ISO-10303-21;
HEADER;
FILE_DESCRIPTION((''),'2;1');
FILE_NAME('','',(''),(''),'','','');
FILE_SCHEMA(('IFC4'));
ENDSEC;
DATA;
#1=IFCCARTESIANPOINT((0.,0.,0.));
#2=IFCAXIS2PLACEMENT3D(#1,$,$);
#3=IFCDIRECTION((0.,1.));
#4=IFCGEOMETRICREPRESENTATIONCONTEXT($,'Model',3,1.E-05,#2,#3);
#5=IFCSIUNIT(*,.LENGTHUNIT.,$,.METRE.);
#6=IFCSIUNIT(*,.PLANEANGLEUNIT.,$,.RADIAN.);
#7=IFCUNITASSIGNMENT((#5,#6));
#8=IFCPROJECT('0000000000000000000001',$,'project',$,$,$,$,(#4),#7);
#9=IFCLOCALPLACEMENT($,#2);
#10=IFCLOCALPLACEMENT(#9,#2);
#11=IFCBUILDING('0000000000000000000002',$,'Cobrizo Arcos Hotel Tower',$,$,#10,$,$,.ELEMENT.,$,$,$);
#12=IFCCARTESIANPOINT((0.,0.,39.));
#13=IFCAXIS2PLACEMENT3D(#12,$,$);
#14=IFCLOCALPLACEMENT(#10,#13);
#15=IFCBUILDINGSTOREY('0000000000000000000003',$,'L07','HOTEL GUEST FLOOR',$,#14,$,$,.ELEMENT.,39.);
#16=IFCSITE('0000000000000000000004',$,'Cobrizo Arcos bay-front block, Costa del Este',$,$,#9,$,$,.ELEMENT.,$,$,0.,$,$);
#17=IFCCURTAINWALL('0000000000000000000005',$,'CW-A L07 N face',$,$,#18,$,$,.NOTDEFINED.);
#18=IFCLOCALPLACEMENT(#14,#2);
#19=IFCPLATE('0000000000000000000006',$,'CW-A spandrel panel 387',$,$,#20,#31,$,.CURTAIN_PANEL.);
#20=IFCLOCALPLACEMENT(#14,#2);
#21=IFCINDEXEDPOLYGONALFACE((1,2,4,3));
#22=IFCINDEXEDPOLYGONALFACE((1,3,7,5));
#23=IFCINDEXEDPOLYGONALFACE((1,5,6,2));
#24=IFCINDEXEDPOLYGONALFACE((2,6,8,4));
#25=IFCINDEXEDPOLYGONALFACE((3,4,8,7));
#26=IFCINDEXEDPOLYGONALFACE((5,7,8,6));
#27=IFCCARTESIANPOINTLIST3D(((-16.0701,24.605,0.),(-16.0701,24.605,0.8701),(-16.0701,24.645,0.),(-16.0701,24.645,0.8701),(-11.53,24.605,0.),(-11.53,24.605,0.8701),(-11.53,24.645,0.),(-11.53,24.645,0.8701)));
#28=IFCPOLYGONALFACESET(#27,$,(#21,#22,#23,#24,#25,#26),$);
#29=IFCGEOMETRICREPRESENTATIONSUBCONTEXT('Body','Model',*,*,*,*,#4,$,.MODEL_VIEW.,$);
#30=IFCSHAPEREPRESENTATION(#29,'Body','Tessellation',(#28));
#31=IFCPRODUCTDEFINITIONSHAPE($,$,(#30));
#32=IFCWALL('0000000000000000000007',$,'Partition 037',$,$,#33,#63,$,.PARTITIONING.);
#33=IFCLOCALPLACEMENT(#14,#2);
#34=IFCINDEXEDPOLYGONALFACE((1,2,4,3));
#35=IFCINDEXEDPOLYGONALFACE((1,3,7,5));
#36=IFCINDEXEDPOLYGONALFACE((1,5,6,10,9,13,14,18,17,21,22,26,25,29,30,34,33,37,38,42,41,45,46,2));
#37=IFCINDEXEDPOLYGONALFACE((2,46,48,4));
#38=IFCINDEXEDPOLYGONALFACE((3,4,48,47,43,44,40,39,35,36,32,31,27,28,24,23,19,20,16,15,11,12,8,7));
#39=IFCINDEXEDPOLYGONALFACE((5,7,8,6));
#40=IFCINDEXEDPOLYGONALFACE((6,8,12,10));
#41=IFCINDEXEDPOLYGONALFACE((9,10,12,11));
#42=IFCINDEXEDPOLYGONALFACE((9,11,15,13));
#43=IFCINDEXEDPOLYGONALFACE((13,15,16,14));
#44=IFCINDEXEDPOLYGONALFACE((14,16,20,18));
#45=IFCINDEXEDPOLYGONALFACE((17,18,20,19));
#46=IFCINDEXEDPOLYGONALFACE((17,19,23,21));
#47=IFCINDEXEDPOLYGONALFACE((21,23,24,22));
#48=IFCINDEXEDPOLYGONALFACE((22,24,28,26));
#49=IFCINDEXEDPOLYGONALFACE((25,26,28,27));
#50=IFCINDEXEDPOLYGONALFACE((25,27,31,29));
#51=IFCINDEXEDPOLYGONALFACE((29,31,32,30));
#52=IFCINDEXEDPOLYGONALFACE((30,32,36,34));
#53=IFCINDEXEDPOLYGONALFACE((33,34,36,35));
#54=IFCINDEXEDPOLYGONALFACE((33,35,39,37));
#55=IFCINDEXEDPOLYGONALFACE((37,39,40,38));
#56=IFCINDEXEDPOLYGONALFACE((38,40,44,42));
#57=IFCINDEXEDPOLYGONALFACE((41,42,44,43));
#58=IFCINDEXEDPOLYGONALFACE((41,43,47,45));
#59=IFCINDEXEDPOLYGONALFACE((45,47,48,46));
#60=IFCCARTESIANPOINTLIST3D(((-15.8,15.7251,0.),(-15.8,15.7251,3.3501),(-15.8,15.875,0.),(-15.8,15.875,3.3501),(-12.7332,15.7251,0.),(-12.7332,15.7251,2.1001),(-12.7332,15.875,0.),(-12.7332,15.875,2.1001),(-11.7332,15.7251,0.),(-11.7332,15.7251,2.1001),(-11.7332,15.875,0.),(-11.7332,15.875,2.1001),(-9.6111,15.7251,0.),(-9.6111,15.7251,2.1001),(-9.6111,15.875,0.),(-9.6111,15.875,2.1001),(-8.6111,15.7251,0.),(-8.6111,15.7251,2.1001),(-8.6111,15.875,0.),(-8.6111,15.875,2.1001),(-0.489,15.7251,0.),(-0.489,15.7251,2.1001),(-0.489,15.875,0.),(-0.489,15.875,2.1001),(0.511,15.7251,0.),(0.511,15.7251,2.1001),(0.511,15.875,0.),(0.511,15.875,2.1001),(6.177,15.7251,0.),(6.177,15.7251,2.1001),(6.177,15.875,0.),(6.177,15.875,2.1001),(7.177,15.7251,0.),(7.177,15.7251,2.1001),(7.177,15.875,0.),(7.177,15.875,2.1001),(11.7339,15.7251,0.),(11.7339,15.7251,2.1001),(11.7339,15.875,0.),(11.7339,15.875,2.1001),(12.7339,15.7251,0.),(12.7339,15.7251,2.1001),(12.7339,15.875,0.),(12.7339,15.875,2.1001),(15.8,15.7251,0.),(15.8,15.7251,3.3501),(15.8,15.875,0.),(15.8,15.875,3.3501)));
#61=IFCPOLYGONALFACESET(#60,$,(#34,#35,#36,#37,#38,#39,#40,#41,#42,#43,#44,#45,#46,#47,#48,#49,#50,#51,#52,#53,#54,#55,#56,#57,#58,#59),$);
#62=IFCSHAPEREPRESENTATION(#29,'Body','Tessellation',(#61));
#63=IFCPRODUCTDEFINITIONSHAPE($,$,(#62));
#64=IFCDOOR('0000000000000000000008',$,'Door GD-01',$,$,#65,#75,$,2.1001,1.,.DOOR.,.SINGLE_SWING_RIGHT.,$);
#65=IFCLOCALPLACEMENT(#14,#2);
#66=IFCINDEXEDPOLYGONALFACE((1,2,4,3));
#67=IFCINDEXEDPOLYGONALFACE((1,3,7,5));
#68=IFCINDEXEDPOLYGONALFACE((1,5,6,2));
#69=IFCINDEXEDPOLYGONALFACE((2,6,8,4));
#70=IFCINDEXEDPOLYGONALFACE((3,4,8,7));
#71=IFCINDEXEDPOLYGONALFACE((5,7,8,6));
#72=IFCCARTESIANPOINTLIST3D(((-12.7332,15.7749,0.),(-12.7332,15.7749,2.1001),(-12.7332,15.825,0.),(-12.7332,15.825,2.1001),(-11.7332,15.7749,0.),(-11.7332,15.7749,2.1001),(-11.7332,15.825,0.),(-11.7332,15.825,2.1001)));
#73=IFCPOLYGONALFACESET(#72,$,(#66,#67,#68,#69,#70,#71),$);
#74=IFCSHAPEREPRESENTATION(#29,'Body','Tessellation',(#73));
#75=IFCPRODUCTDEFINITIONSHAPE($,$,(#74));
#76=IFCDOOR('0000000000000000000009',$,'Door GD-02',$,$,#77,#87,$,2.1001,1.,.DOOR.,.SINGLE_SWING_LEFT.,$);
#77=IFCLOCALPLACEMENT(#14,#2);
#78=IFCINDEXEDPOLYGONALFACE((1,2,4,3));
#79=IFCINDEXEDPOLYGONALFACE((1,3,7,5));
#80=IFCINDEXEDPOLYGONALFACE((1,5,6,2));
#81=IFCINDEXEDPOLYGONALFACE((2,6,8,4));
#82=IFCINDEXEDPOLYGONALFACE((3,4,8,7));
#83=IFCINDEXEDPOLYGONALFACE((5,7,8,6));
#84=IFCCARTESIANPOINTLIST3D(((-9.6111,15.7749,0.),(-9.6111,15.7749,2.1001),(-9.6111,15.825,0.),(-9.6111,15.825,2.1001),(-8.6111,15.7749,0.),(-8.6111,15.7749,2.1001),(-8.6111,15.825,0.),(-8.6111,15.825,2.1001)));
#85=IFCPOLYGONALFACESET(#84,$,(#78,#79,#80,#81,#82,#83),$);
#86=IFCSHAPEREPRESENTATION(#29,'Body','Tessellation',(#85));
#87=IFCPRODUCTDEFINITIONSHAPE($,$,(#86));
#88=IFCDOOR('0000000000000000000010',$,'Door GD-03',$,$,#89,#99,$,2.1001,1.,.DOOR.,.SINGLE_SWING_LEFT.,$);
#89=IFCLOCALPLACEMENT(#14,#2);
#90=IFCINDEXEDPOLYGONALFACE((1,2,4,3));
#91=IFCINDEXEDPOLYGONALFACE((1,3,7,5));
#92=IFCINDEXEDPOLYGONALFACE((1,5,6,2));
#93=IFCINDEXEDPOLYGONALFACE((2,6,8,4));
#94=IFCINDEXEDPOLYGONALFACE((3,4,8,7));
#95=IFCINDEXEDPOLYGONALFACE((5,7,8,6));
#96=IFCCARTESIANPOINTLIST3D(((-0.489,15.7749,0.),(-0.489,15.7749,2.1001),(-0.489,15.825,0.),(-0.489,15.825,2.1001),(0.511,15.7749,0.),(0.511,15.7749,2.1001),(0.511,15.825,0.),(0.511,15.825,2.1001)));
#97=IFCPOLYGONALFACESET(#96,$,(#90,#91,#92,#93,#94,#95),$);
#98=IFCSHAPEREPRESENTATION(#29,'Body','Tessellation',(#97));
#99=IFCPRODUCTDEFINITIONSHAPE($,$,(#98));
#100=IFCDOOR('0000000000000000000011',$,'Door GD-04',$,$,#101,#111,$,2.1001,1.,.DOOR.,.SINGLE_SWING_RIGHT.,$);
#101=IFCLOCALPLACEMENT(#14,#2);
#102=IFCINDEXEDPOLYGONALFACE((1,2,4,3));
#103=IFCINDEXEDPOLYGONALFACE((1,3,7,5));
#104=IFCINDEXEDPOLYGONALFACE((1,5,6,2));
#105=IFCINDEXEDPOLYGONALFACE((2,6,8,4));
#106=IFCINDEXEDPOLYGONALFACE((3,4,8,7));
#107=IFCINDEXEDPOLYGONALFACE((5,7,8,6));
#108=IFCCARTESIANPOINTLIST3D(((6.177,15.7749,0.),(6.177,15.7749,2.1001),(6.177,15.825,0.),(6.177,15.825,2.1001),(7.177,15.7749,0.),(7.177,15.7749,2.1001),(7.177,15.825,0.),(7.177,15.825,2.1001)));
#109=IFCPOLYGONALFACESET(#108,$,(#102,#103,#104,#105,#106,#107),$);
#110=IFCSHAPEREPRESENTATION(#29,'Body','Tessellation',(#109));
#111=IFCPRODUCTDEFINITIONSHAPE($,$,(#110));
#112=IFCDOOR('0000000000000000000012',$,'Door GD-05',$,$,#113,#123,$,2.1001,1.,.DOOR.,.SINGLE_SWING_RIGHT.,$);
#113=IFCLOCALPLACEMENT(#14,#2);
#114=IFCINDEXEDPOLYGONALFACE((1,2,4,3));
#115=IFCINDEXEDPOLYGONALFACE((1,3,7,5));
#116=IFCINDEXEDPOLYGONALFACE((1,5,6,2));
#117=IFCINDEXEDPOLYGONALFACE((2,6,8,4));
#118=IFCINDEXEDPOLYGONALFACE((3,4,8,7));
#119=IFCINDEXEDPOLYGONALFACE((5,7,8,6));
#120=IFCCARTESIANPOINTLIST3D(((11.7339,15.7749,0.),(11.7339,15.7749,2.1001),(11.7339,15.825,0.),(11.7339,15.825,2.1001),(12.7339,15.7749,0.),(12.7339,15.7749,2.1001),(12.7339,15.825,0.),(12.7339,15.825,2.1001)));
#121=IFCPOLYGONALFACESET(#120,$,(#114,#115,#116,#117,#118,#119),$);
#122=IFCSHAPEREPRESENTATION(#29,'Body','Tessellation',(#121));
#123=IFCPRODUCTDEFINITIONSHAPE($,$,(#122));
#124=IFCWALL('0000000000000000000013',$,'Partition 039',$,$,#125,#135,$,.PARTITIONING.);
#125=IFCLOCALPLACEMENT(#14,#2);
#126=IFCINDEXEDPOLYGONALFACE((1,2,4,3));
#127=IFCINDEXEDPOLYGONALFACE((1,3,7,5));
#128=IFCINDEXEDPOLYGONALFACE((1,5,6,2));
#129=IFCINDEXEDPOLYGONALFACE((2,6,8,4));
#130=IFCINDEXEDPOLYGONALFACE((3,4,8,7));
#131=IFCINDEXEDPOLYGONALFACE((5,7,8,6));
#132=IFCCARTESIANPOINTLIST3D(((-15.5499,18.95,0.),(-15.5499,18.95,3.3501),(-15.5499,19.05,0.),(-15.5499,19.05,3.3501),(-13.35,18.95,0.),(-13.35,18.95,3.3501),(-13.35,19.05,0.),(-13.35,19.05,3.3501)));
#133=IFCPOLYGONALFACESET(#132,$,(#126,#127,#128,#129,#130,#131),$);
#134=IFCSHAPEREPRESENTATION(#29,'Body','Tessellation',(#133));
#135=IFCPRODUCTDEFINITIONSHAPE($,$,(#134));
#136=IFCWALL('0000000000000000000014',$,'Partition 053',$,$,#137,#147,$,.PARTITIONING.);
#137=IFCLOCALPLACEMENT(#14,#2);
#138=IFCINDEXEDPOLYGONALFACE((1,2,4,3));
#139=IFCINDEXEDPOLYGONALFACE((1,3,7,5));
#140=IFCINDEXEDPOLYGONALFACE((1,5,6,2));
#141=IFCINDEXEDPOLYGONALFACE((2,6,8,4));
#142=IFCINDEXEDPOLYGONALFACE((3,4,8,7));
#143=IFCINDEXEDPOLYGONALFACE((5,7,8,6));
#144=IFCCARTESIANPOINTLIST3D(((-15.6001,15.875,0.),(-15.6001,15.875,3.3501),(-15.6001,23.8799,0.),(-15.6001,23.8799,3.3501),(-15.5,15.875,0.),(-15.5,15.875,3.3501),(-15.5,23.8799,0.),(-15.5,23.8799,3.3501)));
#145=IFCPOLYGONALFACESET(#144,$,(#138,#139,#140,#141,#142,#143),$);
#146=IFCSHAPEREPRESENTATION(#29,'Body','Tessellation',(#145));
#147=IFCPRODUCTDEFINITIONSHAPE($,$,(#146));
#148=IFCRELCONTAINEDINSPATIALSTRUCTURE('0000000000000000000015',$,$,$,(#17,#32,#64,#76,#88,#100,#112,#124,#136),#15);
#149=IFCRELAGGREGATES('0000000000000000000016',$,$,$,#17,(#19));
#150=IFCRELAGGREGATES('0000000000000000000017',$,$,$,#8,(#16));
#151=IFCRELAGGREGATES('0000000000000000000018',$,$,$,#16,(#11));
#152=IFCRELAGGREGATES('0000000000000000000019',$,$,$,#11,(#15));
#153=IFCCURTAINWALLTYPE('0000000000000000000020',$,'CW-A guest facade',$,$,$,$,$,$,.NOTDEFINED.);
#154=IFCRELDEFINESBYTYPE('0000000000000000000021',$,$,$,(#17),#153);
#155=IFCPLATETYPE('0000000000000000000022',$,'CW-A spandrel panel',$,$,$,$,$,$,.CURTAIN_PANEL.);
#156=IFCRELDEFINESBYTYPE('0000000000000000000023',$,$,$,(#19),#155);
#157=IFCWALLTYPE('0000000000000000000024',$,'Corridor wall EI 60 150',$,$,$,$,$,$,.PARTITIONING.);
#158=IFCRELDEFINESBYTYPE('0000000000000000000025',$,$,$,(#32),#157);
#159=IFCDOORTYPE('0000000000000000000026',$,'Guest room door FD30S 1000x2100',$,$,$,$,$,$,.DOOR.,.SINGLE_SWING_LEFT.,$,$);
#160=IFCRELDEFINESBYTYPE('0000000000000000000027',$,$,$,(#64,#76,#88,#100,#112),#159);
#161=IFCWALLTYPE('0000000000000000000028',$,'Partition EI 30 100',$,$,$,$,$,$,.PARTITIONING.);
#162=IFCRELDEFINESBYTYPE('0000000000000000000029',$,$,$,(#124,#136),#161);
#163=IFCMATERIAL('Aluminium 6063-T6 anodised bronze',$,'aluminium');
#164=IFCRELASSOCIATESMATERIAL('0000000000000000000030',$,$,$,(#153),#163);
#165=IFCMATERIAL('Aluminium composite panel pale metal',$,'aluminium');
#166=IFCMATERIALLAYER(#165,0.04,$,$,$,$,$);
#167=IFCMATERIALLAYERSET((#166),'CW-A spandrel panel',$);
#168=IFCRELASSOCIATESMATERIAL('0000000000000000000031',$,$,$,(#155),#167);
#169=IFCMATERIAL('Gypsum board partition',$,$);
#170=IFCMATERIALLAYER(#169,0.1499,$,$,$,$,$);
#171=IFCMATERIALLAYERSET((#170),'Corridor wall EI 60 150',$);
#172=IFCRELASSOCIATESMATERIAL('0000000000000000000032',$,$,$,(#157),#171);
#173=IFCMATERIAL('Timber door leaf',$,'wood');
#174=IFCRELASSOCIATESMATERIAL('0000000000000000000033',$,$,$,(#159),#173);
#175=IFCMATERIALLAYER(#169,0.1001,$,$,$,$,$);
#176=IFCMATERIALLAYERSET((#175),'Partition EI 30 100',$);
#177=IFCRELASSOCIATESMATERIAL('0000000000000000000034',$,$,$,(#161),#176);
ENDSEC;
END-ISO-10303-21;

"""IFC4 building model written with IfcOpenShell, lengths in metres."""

from ifc_helpers import new_model, si_unit, direction, frame, frame_2d, origin, origin_2d, place, context, subcontext, project, spatial, rectangle, extrude, material, layer, layer_set, type_object, element, fill, aggregate, save


model = new_model("IFC4")

# Units and contexts
model_context = context("Model", 3, precision=1e-05, world=origin(), true_north=direction((0.0, 1.0)))
body_context = subcontext(model_context, "Body", "Model", "MODEL_VIEW")
ifc_project = project(units=[si_unit("LENGTHUNIT", "METRE"), si_unit("PLANEANGLEUNIT", "RADIAN")], contexts=[model_context])

# Site, building, storey
site_placement = place(None, origin())
site = spatial("IfcSite", under=ifc_project, at=site_placement, Name="Cobrizo Arcos bay-front block, Costa del Este", CompositionType="ELEMENT", RefElevation=0.0)
building_placement = place(site_placement, origin())
building = spatial("IfcBuilding", under=site, at=building_placement, Name="Cobrizo Arcos Hotel Tower", CompositionType="ELEMENT")
storey_placement = place(building_placement, frame((0.0, 0.0, 39.0)))
storey = spatial("IfcBuildingStorey", under=building, at=storey_placement, Name="L07", Description="HOTEL GUEST FLOOR", CompositionType="ELEMENT", Elevation=39.0)

# Curtain wall
ifc_material_1 = material(Name="Aluminium 6063-T6 anodised bronze", Category="aluminium")
curtain_wall_type = type_object("IfcCurtainWallType", Name="CW-A guest facade", PredefinedType="NOTDEFINED", material=ifc_material_1)
curtain_wall_placement = place(storey_placement, origin())
curtain_wall = element("IfcCurtainWall", 1, at=curtain_wall_placement, inside=storey, type_object=curtain_wall_type, Name="CW-A L07 N face", PredefinedType="NOTDEFINED")

# Plate
ifc_material_2 = material(Name="Aluminium composite panel pale metal", Category="aluminium")
ifc_layer_1 = layer(ifc_material_2, 0.04)
ifc_layer_set_1 = layer_set([ifc_layer_1], Name="CW-A spandrel panel")
plate_type_1 = type_object("IfcPlateType", Name="CW-A spandrel panel", PredefinedType="CURTAIN_PANEL", material=ifc_layer_set_1)
plate_1_placement = place(storey_placement, frame((-13.8, 24.625, 0.0), z_axis=(0.0, 0.0, 1.0), x_axis=(-1.0, 0.0, 0.0)))
plate_1 = element("IfcPlate", 2, at=plate_1_placement, type_object=plate_type_1, Name="CW-A spandrel panel 387", PredefinedType="CURTAIN_PANEL", context=body_context, shape_type="SweptSolid", body=[
    extrude(rectangle(XDim=4.54, YDim=0.04, at=origin_2d()), origin(), (0.0, 0.0, 1.0), 0.8701),
])
aggregate(curtain_wall, [plate_1])

# Wall, openings, doors
ifc_material_3 = material(Name="Gypsum board partition")
ifc_layer_2 = layer(ifc_material_3, 0.1499)
ifc_layer_set_2 = layer_set([ifc_layer_2], Name="Corridor wall EI 60 150")
wall_type_1 = type_object("IfcWallType", Name="Corridor wall EI 60 150", PredefinedType="PARTITIONING", material=ifc_layer_set_2)
wall_1_placement = place(storey_placement, frame((-15.8, 15.8, 0.0), z_axis=(0.0, 0.0, 1.0), x_axis=(1.0, 0.0, 0.0)))
wall_1 = element("IfcWall", 3, at=wall_1_placement, inside=storey, type_object=wall_type_1, Name="Partition 037", PredefinedType="PARTITIONING", context=body_context, shape_type="SweptSolid", body=[
    extrude(rectangle(XDim=31.6001, YDim=0.1499, at=frame_2d((15.8, 0.0))), origin(), (0.0, 0.0, 1.0), 3.3501),
])
opening_1_placement = place(wall_1_placement, frame((3.0669, 0.0, 0.0)))
opening_1 = element("IfcOpeningElement", 4, at=opening_1_placement, cuts=wall_1, PredefinedType="OPENING", context=body_context, shape_type="SweptSolid", body=[
    extrude(rectangle(XDim=1.0, YDim=2.1001, at=frame_2d((0.5, 1.05))), frame((0.0, 0.0869, 0.0), z_axis=(0.0, -1.0, 0.0), x_axis=(1.0, 0.0, 0.0)), (0.0, 0.0, 1.0), 0.1738),
])
opening_2_placement = place(wall_1_placement, frame((6.189, 0.0, 0.0)))
opening_2 = element("IfcOpeningElement", 5, at=opening_2_placement, cuts=wall_1, PredefinedType="OPENING", context=body_context, shape_type="SweptSolid", body=[
    extrude(rectangle(XDim=1.0, YDim=2.1001, at=frame_2d((0.5, 1.05))), frame((0.0, 0.0869, 0.0), z_axis=(0.0, -1.0, 0.0), x_axis=(1.0, 0.0, 0.0)), (0.0, 0.0, 1.0), 0.1738),
])
opening_3_placement = place(wall_1_placement, frame((15.311, 0.0, 0.0)))
opening_3 = element("IfcOpeningElement", 6, at=opening_3_placement, cuts=wall_1, PredefinedType="OPENING", context=body_context, shape_type="SweptSolid", body=[
    extrude(rectangle(XDim=1.0, YDim=2.1001, at=frame_2d((0.5, 1.05))), frame((0.0, 0.0869, 0.0), z_axis=(0.0, -1.0, 0.0), x_axis=(1.0, 0.0, 0.0)), (0.0, 0.0, 1.0), 0.1738),
])
opening_4_placement = place(wall_1_placement, frame((21.9771, 0.0, 0.0)))
opening_4 = element("IfcOpeningElement", 7, at=opening_4_placement, cuts=wall_1, PredefinedType="OPENING", context=body_context, shape_type="SweptSolid", body=[
    extrude(rectangle(XDim=1.0, YDim=2.1001, at=frame_2d((0.5, 1.05))), frame((0.0, 0.0869, 0.0), z_axis=(0.0, -1.0, 0.0), x_axis=(1.0, 0.0, 0.0)), (0.0, 0.0, 1.0), 0.1738),
])
opening_5_placement = place(wall_1_placement, frame((27.5339, 0.0, 0.0)))
opening_5 = element("IfcOpeningElement", 8, at=opening_5_placement, cuts=wall_1, PredefinedType="OPENING", context=body_context, shape_type="SweptSolid", body=[
    extrude(rectangle(XDim=1.0, YDim=2.1001, at=frame_2d((0.5, 1.05))), frame((0.0, 0.0869, 0.0), z_axis=(0.0, -1.0, 0.0), x_axis=(1.0, 0.0, 0.0)), (0.0, 0.0, 1.0), 0.1738),
])
ifc_material_4 = material(Name="Timber door leaf", Category="wood")
door_type_1 = type_object("IfcDoorType", Name="Guest room door FD30S 1000x2100", OperationType="SINGLE_SWING_LEFT", PredefinedType="DOOR", material=ifc_material_4)
door_1_placement = place(opening_1_placement, origin())
door_1 = element("IfcDoor", 9, at=door_1_placement, inside=storey, type_object=door_type_1, Name="Door GD-01", OperationType="SINGLE_SWING_RIGHT", OverallHeight=2.1001, OverallWidth=1.0, PredefinedType="DOOR", context=body_context, shape_type="SweptSolid", body=[
    extrude(rectangle(XDim=1.0, YDim=2.1001, at=frame_2d((0.5, 1.05))), frame((0.0, 0.0249, 0.0), z_axis=(0.0, -1.0, 0.0), x_axis=(1.0, 0.0, 0.0)), (0.0, 0.0, 1.0), 0.05),
])
fill(opening_1, door_1)
door_2_placement = place(opening_2_placement, origin())
door_2 = element("IfcDoor", 10, at=door_2_placement, inside=storey, type_object=door_type_1, Name="Door GD-02", OperationType="SINGLE_SWING_LEFT", OverallHeight=2.1001, OverallWidth=1.0, PredefinedType="DOOR", context=body_context, shape_type="SweptSolid", body=[
    extrude(rectangle(XDim=1.0, YDim=2.1001, at=frame_2d((0.5, 1.05))), frame((0.0, 0.0249, 0.0), z_axis=(0.0, -1.0, 0.0), x_axis=(1.0, 0.0, 0.0)), (0.0, 0.0, 1.0), 0.05),
])
fill(opening_2, door_2)
door_3_placement = place(opening_3_placement, origin())
door_3 = element("IfcDoor", 11, at=door_3_placement, inside=storey, type_object=door_type_1, Name="Door GD-03", OperationType="SINGLE_SWING_LEFT", OverallHeight=2.1001, OverallWidth=1.0, PredefinedType="DOOR", context=body_context, shape_type="SweptSolid", body=[
    extrude(rectangle(XDim=1.0, YDim=2.1001, at=frame_2d((0.5, 1.05))), frame((0.0, 0.0249, 0.0), z_axis=(0.0, -1.0, 0.0), x_axis=(1.0, 0.0, 0.0)), (0.0, 0.0, 1.0), 0.05),
])
fill(opening_3, door_3)
door_4_placement = place(opening_4_placement, origin())
door_4 = element("IfcDoor", 12, at=door_4_placement, inside=storey, type_object=door_type_1, Name="Door GD-04", OperationType="SINGLE_SWING_RIGHT", OverallHeight=2.1001, OverallWidth=1.0, PredefinedType="DOOR", context=body_context, shape_type="SweptSolid", body=[
    extrude(rectangle(XDim=1.0, YDim=2.1001, at=frame_2d((0.5, 1.05))), frame((0.0, 0.0249, 0.0), z_axis=(0.0, -1.0, 0.0), x_axis=(1.0, 0.0, 0.0)), (0.0, 0.0, 1.0), 0.05),
])
fill(opening_4, door_4)
door_5_placement = place(opening_5_placement, origin())
door_5 = element("IfcDoor", 13, at=door_5_placement, inside=storey, type_object=door_type_1, Name="Door GD-05", OperationType="SINGLE_SWING_RIGHT", OverallHeight=2.1001, OverallWidth=1.0, PredefinedType="DOOR", context=body_context, shape_type="SweptSolid", body=[
    extrude(rectangle(XDim=1.0, YDim=2.1001, at=frame_2d((0.5, 1.05))), frame((0.0, 0.0249, 0.0), z_axis=(0.0, -1.0, 0.0), x_axis=(1.0, 0.0, 0.0)), (0.0, 0.0, 1.0), 0.05),
])
fill(opening_5, door_5)

# Walls
ifc_layer_3 = layer(ifc_material_3, 0.1001)
ifc_layer_set_3 = layer_set([ifc_layer_3], Name="Partition EI 30 100")
wall_type_2 = type_object("IfcWallType", Name="Partition EI 30 100", PredefinedType="PARTITIONING", material=ifc_layer_set_3)
wall_2_placement = place(storey_placement, frame((-15.55, 19.0, 0.0), z_axis=(0.0, 0.0, 1.0), x_axis=(1.0, 0.0, 0.0)))
element("IfcWall", 14, at=wall_2_placement, inside=storey, type_object=wall_type_2, Name="Partition 039", PredefinedType="PARTITIONING", context=body_context, shape_type="SweptSolid", body=[
    extrude(rectangle(XDim=2.2, YDim=0.1001, at=frame_2d((1.1001, 0.0))), origin(), (0.0, 0.0, 1.0), 3.3501),
])
wall_3_placement = place(storey_placement, frame((-15.55, 15.875, 0.0), z_axis=(0.0, 0.0, 1.0), x_axis=(0.0, 1.0, 0.0)))
element("IfcWall", 15, at=wall_3_placement, inside=storey, type_object=wall_type_2, Name="Partition 053", PredefinedType="PARTITIONING", context=body_context, shape_type="SweptSolid", body=[
    extrude(rectangle(XDim=8.0049, YDim=0.1001, at=frame_2d((4.0024, 0.0))), origin(), (0.0, 0.0, 1.0), 3.3501),
])

save(model, "model.ifc")
